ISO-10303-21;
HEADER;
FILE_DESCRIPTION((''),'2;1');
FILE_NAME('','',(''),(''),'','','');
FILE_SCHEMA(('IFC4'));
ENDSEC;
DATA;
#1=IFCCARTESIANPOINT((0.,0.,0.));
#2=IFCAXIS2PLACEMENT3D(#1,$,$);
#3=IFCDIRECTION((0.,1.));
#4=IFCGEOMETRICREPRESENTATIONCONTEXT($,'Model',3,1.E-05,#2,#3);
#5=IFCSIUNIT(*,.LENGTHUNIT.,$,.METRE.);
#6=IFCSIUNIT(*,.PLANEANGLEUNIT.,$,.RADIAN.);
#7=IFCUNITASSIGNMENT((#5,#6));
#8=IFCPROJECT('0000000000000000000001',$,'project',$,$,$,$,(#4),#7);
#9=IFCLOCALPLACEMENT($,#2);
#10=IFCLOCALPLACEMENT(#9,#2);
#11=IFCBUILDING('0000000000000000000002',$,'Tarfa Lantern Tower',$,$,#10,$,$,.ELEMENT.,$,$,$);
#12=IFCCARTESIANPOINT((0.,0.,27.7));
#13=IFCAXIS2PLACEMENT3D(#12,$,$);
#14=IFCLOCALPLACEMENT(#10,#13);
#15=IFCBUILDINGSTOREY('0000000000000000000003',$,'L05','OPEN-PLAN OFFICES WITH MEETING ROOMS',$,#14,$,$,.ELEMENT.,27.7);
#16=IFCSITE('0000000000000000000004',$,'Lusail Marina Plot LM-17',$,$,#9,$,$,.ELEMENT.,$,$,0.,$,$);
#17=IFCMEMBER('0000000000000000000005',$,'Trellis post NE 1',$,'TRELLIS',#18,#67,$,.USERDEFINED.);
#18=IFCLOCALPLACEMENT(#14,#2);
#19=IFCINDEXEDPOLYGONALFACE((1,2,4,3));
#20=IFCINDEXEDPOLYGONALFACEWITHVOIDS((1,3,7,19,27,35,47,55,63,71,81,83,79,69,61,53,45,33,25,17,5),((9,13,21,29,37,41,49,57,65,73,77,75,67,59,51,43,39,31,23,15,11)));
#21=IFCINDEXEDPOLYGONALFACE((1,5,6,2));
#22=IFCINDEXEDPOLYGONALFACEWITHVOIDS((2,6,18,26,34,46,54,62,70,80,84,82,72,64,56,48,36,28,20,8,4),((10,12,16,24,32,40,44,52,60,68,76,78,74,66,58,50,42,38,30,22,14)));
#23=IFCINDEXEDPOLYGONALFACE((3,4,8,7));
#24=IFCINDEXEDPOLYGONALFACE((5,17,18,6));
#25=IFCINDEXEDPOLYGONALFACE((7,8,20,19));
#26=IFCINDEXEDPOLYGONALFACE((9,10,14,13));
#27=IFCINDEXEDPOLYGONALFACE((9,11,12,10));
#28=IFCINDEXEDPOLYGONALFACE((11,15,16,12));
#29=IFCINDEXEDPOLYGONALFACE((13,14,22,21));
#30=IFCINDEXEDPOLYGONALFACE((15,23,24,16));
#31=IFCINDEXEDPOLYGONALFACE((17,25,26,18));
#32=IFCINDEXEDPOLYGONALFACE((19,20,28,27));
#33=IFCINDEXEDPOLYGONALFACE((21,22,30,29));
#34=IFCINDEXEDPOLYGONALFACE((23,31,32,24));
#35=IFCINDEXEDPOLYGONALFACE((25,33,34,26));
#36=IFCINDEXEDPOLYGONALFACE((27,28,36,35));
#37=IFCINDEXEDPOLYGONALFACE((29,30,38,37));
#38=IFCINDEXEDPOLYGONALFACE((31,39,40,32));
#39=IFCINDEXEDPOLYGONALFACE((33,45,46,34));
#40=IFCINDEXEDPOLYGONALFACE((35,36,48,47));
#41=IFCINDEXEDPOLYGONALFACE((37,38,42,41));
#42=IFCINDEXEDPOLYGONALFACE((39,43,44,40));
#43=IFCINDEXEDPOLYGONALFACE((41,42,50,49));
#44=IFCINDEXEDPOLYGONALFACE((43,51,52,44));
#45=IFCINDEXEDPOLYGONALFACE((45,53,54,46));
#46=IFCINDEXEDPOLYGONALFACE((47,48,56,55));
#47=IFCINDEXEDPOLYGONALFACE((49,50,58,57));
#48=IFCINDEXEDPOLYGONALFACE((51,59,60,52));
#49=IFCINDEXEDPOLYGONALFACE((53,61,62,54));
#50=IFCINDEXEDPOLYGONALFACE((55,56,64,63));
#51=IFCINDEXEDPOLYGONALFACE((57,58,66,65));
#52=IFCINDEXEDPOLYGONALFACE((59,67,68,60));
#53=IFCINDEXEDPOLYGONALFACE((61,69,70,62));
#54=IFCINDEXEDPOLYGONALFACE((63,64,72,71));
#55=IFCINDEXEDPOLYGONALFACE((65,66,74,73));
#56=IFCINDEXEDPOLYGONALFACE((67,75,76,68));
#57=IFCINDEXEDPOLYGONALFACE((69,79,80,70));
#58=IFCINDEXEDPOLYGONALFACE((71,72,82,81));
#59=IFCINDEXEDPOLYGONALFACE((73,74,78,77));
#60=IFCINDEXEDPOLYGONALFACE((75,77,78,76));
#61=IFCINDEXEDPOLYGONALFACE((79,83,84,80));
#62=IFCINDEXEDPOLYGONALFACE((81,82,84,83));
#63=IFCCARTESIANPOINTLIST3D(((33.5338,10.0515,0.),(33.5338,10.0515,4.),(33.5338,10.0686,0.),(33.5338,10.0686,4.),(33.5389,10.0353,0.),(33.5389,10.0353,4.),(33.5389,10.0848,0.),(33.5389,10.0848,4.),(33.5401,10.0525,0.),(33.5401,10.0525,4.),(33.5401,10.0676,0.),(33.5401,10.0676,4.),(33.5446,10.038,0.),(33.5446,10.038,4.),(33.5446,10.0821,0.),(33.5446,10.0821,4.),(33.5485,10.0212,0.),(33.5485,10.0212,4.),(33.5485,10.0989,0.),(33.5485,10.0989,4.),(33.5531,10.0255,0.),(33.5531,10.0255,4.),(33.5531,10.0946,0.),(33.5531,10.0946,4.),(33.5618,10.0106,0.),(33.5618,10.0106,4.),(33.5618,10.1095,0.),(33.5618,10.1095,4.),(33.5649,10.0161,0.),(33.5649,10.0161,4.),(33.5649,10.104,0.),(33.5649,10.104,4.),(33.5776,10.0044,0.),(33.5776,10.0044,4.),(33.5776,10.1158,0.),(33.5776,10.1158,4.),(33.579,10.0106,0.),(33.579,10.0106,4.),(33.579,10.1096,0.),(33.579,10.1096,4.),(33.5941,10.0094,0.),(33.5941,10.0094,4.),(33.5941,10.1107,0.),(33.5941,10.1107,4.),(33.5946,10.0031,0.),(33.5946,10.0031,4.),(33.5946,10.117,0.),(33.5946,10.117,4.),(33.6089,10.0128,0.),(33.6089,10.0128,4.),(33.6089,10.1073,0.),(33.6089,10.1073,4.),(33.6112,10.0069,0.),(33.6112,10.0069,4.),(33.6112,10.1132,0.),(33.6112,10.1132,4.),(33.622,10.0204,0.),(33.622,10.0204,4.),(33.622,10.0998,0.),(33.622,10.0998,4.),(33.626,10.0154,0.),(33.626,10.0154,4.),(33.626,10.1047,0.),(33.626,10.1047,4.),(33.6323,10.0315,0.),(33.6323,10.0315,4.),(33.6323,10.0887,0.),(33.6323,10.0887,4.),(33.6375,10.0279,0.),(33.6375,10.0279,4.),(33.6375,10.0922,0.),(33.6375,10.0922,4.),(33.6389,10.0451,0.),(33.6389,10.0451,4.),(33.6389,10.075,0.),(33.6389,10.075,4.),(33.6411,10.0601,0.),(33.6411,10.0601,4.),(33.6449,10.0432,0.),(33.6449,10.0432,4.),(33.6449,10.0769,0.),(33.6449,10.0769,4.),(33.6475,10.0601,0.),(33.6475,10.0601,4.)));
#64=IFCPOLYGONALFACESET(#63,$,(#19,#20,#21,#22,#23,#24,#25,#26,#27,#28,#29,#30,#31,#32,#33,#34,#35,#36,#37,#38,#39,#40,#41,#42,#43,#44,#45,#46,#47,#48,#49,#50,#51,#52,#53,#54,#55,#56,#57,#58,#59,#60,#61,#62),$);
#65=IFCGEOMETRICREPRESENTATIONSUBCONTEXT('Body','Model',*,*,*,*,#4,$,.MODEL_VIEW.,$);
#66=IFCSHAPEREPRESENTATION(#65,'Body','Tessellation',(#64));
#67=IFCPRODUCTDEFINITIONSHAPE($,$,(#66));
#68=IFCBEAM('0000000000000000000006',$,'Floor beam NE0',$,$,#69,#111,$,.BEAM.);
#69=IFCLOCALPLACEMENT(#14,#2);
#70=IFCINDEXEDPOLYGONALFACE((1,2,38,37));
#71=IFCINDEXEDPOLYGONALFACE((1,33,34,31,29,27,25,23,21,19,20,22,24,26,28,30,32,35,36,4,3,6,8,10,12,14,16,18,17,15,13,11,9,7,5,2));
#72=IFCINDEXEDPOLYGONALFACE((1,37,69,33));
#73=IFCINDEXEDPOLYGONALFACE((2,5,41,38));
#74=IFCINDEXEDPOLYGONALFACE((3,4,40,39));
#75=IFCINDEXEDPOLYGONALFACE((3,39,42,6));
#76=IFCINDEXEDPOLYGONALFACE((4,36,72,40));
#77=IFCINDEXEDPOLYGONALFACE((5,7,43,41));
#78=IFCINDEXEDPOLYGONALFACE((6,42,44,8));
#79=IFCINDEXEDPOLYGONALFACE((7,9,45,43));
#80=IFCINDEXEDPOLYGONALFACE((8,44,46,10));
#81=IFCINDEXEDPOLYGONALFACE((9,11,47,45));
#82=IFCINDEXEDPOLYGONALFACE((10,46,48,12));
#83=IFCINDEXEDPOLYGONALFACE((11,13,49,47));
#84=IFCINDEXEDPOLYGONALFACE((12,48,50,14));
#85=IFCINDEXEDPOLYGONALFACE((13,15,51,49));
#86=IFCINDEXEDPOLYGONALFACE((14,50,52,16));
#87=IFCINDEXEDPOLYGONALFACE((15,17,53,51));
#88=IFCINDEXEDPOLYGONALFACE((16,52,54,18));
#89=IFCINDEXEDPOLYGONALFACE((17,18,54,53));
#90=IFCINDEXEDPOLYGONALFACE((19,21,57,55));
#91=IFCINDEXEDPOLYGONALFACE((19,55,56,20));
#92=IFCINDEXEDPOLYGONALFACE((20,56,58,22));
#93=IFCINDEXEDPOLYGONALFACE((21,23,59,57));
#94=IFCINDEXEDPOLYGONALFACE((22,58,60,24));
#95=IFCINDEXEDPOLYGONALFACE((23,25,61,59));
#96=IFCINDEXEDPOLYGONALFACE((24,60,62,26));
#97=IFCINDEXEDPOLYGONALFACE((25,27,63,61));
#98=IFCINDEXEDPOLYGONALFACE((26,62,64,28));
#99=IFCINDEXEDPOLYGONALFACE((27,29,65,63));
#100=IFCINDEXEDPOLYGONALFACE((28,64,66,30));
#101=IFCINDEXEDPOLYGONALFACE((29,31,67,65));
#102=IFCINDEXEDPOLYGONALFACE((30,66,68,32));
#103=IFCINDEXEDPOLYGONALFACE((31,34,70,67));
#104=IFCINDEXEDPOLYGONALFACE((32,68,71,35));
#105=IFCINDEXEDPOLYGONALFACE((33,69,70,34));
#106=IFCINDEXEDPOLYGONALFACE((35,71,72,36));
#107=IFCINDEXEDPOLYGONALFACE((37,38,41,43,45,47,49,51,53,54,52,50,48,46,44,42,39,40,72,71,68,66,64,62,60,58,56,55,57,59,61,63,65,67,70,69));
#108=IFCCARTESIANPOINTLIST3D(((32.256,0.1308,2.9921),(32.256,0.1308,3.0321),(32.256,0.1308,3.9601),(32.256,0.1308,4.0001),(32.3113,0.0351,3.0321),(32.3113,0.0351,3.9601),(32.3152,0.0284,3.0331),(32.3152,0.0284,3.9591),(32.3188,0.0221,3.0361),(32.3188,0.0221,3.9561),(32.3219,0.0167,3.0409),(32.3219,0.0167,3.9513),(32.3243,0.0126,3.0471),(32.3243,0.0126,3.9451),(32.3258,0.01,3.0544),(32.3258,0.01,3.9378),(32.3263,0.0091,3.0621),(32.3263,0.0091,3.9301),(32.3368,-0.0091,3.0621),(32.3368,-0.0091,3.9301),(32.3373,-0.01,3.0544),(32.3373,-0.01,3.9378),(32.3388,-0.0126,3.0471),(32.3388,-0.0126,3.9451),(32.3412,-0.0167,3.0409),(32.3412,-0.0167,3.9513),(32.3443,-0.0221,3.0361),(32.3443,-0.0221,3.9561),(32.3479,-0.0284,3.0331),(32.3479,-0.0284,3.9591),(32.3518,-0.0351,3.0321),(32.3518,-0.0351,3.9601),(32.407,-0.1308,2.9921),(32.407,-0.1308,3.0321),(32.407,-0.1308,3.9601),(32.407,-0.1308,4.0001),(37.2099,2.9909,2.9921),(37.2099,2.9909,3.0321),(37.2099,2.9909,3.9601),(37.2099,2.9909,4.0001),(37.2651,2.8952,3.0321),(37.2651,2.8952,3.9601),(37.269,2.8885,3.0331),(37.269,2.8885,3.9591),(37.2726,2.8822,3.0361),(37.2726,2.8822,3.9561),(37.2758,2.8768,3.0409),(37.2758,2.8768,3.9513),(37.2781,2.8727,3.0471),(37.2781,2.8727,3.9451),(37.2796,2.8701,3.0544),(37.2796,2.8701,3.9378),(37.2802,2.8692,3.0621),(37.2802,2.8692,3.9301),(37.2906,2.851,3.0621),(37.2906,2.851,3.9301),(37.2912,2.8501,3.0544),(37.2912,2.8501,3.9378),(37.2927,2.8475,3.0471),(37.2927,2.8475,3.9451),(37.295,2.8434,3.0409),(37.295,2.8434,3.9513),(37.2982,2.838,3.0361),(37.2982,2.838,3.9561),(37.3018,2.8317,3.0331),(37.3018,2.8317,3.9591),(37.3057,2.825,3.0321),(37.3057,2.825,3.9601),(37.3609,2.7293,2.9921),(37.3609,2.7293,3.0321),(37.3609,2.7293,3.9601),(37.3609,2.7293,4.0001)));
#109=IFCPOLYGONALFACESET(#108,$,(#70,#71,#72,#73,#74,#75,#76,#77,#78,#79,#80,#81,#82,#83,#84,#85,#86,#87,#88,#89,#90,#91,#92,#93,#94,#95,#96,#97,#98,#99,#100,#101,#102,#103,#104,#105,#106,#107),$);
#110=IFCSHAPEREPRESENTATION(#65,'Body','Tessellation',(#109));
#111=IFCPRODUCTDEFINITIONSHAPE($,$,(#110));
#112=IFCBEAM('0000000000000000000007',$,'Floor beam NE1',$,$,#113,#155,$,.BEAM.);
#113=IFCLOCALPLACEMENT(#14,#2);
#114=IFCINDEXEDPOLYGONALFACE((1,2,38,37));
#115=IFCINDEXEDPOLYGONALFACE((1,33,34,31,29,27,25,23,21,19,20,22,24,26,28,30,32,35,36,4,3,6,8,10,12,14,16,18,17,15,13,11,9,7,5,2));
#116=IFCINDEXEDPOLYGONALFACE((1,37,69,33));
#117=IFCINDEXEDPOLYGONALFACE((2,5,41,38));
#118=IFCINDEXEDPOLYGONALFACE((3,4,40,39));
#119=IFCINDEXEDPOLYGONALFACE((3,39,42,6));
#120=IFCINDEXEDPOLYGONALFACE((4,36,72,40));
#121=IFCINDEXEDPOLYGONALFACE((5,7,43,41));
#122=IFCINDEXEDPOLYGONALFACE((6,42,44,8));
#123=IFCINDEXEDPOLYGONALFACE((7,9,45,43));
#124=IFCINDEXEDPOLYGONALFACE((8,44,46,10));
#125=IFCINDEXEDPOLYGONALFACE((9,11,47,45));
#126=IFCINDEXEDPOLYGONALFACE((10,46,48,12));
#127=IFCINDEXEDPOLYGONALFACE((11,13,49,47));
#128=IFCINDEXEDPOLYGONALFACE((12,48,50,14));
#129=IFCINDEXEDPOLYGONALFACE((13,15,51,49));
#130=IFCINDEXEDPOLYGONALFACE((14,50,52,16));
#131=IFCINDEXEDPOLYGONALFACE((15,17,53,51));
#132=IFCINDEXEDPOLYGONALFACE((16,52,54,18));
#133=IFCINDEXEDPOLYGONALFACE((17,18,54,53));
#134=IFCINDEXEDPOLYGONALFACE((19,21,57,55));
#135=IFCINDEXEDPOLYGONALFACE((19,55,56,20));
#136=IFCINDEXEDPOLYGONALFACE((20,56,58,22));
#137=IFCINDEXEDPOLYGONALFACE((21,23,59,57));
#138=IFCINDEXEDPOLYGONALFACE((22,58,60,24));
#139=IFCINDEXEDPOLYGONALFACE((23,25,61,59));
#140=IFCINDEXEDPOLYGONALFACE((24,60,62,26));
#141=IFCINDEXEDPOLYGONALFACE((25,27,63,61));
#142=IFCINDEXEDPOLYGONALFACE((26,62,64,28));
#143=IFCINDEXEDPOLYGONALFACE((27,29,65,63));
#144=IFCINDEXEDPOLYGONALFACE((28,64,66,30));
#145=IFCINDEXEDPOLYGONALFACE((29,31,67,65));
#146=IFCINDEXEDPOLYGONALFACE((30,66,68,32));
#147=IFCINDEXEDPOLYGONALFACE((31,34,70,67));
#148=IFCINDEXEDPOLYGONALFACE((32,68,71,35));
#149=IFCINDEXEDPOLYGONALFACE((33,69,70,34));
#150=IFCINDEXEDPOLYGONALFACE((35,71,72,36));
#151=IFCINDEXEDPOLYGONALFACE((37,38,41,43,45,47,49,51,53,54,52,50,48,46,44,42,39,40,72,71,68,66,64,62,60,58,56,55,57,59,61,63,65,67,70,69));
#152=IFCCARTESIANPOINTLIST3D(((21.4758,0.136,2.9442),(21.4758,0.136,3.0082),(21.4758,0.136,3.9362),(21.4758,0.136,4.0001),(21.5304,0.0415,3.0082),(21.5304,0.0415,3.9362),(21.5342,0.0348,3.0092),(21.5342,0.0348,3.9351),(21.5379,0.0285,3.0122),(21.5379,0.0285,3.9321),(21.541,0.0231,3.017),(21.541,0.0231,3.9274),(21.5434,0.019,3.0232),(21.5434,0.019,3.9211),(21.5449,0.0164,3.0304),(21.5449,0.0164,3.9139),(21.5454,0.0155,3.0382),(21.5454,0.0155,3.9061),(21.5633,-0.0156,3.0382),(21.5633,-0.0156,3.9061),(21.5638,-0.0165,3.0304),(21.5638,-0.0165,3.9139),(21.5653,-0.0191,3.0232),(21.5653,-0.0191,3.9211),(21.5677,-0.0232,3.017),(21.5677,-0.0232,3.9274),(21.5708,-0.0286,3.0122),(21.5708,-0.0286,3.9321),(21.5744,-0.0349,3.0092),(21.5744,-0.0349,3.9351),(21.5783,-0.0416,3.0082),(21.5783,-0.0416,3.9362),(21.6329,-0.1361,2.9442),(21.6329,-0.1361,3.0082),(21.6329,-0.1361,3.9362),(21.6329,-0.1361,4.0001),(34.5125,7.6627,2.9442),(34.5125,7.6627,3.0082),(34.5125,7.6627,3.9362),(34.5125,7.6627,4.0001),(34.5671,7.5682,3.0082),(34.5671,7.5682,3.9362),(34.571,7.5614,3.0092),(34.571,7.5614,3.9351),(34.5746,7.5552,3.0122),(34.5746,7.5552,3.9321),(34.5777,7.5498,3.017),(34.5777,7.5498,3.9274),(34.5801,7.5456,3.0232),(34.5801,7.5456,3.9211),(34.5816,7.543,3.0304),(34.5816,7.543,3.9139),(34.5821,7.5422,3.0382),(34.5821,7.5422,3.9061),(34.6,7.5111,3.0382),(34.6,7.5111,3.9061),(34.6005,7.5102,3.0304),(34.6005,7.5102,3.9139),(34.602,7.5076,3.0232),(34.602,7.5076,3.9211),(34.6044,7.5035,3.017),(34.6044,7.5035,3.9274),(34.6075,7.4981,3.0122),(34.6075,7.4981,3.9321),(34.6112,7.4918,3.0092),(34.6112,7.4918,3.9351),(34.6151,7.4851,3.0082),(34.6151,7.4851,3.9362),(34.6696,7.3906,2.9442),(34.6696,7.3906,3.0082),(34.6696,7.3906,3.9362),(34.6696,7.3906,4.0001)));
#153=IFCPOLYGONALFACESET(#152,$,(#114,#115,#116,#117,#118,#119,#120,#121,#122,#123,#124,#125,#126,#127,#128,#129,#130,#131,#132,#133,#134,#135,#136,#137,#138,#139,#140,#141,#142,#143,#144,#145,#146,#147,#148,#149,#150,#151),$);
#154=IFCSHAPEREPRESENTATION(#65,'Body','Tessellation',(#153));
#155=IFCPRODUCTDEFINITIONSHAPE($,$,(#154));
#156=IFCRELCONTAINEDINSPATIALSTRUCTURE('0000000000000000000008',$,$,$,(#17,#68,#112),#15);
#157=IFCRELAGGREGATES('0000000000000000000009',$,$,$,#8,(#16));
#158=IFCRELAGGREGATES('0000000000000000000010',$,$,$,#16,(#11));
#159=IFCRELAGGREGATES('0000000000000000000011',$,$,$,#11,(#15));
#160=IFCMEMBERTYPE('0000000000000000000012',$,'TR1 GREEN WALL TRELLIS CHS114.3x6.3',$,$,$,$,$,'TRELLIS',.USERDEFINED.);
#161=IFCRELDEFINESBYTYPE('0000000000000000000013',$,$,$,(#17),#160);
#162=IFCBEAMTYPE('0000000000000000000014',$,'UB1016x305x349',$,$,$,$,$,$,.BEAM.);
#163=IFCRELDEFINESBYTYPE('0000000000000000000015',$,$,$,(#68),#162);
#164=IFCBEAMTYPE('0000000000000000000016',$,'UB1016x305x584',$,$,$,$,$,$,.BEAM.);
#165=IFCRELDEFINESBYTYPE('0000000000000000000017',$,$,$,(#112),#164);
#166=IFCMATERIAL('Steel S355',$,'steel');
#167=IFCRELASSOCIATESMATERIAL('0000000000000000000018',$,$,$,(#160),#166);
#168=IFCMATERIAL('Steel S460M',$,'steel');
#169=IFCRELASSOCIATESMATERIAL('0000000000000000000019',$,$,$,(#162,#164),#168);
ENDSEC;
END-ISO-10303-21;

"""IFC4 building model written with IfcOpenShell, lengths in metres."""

from ifc_helpers import new_model, si_unit, direction, frame, origin, origin_2d, place, context, subcontext, project, spatial, hollow_circle, i_section, extrude, material, material_profile, profile_set, type_object, element, save


model = new_model("IFC4")

# Units and contexts
model_context = context("Model", 3, precision=1e-05, world=origin(), true_north=direction((0.0, 1.0)))
body_context = subcontext(model_context, "Body", "Model", "MODEL_VIEW")
ifc_project = project(units=[si_unit("LENGTHUNIT", "METRE"), si_unit("PLANEANGLEUNIT", "RADIAN")], contexts=[model_context])

# Site, building, storey
site_placement = place(None, origin())
site = spatial("IfcSite", under=ifc_project, at=site_placement, Name="Lusail Marina Plot LM-17", CompositionType="ELEMENT", RefElevation=0.0)
building_placement = place(site_placement, origin())
building = spatial("IfcBuilding", under=site, at=building_placement, Name="Tarfa Lantern Tower", CompositionType="ELEMENT")
storey_placement = place(building_placement, frame((0.0, 0.0, 27.7)))
storey = spatial("IfcBuildingStorey", under=building, at=storey_placement, Name="L05", Description="OPEN-PLAN OFFICES WITH MEETING ROOMS", CompositionType="ELEMENT", Elevation=27.7)

# Member
ifc_material_1 = material(Name="Steel S355", Category="steel")
ifc_material_profile_1 = material_profile(ifc_material_1, hollow_circle(Radius=0.0571, WallThickness=0.0063, at=origin_2d()), Name="CHS114.3x6.3")
ifc_profile_set_1 = profile_set([ifc_material_profile_1], Name="Steel S355")
member_type_1 = type_object("IfcMemberType", Name="TR1 GREEN WALL TRELLIS CHS114.3x6.3", ElementType="TRELLIS", PredefinedType="USERDEFINED", material=ifc_profile_set_1)
member_1_placement = place(storey_placement, frame((33.5903, 10.0601, 0.0), z_axis=(0.0, 0.0, 1.0), x_axis=(1.0, 0.0, 0.0)))
element("IfcMember", 1, at=member_1_placement, inside=storey, type_object=member_type_1, Name="Trellis post NE 1", ObjectType="TRELLIS", PredefinedType="USERDEFINED", context=body_context, shape_type="SweptSolid", body=[
    extrude(hollow_circle(Radius=0.0571, WallThickness=0.0063, at=origin_2d()), origin(), (0.0, 0.0, 1.0), 4.0),
])

# Beams
ifc_material_2 = material(Name="Steel S460M", Category="steel")
ifc_material_profile_2 = material_profile(ifc_material_2, i_section(OverallWidth=0.302, OverallDepth=1.0081, WebThickness=0.021, FlangeThickness=0.04, FilletRadius=0.03, at=origin_2d()), Name="UB1016x305x349")
ifc_profile_set_2 = profile_set([ifc_material_profile_2], Name="Steel S460M")
beam_type_1 = type_object("IfcBeamType", Name="UB1016x305x349", PredefinedType="BEAM", material=ifc_profile_set_2)
beam_1_placement = place(storey_placement, frame((37.2854, 2.8601, 3.4961), z_axis=(-0.866026, -0.5, 0.0), x_axis=(0.5, -0.866026, 0.0)))
element("IfcBeam", 2, at=beam_1_placement, inside=storey, type_object=beam_type_1, Name="Floor beam NE0", PredefinedType="BEAM", context=body_context, shape_type="SweptSolid", body=[
    extrude(i_section(OverallWidth=0.302, OverallDepth=1.0081, WebThickness=0.021, FlangeThickness=0.04, FilletRadius=0.03, at=origin_2d()), origin(), (0.0, 0.0, 1.0), 5.7202),
])
ifc_material_profile_3 = material_profile(ifc_material_2, i_section(OverallWidth=0.3142, OverallDepth=1.0559, WebThickness=0.0359, FlangeThickness=0.064, FilletRadius=0.03, at=origin_2d()), Name="UB1016x305x584")
ifc_profile_set_3 = profile_set([ifc_material_profile_3], Name="Steel S460M")
beam_type_2 = type_object("IfcBeamType", Name="UB1016x305x584", PredefinedType="BEAM", material=ifc_profile_set_3)
beam_2_placement = place(storey_placement, frame((34.5911, 7.5266, 3.4722), z_axis=(-0.866028, -0.499996, 0.0), x_axis=(0.499996, -0.866028, 0.0)))
element("IfcBeam", 3, at=beam_2_placement, inside=storey, type_object=beam_type_2, Name="Floor beam NE1", PredefinedType="BEAM", context=body_context, shape_type="SweptSolid", body=[
    extrude(i_section(OverallWidth=0.3142, OverallDepth=1.0559, WebThickness=0.0359, FlangeThickness=0.064, FilletRadius=0.03, at=origin_2d()), origin(), (0.0, 0.0, 1.0), 15.0535),
])

save(model, "model.ifc")
